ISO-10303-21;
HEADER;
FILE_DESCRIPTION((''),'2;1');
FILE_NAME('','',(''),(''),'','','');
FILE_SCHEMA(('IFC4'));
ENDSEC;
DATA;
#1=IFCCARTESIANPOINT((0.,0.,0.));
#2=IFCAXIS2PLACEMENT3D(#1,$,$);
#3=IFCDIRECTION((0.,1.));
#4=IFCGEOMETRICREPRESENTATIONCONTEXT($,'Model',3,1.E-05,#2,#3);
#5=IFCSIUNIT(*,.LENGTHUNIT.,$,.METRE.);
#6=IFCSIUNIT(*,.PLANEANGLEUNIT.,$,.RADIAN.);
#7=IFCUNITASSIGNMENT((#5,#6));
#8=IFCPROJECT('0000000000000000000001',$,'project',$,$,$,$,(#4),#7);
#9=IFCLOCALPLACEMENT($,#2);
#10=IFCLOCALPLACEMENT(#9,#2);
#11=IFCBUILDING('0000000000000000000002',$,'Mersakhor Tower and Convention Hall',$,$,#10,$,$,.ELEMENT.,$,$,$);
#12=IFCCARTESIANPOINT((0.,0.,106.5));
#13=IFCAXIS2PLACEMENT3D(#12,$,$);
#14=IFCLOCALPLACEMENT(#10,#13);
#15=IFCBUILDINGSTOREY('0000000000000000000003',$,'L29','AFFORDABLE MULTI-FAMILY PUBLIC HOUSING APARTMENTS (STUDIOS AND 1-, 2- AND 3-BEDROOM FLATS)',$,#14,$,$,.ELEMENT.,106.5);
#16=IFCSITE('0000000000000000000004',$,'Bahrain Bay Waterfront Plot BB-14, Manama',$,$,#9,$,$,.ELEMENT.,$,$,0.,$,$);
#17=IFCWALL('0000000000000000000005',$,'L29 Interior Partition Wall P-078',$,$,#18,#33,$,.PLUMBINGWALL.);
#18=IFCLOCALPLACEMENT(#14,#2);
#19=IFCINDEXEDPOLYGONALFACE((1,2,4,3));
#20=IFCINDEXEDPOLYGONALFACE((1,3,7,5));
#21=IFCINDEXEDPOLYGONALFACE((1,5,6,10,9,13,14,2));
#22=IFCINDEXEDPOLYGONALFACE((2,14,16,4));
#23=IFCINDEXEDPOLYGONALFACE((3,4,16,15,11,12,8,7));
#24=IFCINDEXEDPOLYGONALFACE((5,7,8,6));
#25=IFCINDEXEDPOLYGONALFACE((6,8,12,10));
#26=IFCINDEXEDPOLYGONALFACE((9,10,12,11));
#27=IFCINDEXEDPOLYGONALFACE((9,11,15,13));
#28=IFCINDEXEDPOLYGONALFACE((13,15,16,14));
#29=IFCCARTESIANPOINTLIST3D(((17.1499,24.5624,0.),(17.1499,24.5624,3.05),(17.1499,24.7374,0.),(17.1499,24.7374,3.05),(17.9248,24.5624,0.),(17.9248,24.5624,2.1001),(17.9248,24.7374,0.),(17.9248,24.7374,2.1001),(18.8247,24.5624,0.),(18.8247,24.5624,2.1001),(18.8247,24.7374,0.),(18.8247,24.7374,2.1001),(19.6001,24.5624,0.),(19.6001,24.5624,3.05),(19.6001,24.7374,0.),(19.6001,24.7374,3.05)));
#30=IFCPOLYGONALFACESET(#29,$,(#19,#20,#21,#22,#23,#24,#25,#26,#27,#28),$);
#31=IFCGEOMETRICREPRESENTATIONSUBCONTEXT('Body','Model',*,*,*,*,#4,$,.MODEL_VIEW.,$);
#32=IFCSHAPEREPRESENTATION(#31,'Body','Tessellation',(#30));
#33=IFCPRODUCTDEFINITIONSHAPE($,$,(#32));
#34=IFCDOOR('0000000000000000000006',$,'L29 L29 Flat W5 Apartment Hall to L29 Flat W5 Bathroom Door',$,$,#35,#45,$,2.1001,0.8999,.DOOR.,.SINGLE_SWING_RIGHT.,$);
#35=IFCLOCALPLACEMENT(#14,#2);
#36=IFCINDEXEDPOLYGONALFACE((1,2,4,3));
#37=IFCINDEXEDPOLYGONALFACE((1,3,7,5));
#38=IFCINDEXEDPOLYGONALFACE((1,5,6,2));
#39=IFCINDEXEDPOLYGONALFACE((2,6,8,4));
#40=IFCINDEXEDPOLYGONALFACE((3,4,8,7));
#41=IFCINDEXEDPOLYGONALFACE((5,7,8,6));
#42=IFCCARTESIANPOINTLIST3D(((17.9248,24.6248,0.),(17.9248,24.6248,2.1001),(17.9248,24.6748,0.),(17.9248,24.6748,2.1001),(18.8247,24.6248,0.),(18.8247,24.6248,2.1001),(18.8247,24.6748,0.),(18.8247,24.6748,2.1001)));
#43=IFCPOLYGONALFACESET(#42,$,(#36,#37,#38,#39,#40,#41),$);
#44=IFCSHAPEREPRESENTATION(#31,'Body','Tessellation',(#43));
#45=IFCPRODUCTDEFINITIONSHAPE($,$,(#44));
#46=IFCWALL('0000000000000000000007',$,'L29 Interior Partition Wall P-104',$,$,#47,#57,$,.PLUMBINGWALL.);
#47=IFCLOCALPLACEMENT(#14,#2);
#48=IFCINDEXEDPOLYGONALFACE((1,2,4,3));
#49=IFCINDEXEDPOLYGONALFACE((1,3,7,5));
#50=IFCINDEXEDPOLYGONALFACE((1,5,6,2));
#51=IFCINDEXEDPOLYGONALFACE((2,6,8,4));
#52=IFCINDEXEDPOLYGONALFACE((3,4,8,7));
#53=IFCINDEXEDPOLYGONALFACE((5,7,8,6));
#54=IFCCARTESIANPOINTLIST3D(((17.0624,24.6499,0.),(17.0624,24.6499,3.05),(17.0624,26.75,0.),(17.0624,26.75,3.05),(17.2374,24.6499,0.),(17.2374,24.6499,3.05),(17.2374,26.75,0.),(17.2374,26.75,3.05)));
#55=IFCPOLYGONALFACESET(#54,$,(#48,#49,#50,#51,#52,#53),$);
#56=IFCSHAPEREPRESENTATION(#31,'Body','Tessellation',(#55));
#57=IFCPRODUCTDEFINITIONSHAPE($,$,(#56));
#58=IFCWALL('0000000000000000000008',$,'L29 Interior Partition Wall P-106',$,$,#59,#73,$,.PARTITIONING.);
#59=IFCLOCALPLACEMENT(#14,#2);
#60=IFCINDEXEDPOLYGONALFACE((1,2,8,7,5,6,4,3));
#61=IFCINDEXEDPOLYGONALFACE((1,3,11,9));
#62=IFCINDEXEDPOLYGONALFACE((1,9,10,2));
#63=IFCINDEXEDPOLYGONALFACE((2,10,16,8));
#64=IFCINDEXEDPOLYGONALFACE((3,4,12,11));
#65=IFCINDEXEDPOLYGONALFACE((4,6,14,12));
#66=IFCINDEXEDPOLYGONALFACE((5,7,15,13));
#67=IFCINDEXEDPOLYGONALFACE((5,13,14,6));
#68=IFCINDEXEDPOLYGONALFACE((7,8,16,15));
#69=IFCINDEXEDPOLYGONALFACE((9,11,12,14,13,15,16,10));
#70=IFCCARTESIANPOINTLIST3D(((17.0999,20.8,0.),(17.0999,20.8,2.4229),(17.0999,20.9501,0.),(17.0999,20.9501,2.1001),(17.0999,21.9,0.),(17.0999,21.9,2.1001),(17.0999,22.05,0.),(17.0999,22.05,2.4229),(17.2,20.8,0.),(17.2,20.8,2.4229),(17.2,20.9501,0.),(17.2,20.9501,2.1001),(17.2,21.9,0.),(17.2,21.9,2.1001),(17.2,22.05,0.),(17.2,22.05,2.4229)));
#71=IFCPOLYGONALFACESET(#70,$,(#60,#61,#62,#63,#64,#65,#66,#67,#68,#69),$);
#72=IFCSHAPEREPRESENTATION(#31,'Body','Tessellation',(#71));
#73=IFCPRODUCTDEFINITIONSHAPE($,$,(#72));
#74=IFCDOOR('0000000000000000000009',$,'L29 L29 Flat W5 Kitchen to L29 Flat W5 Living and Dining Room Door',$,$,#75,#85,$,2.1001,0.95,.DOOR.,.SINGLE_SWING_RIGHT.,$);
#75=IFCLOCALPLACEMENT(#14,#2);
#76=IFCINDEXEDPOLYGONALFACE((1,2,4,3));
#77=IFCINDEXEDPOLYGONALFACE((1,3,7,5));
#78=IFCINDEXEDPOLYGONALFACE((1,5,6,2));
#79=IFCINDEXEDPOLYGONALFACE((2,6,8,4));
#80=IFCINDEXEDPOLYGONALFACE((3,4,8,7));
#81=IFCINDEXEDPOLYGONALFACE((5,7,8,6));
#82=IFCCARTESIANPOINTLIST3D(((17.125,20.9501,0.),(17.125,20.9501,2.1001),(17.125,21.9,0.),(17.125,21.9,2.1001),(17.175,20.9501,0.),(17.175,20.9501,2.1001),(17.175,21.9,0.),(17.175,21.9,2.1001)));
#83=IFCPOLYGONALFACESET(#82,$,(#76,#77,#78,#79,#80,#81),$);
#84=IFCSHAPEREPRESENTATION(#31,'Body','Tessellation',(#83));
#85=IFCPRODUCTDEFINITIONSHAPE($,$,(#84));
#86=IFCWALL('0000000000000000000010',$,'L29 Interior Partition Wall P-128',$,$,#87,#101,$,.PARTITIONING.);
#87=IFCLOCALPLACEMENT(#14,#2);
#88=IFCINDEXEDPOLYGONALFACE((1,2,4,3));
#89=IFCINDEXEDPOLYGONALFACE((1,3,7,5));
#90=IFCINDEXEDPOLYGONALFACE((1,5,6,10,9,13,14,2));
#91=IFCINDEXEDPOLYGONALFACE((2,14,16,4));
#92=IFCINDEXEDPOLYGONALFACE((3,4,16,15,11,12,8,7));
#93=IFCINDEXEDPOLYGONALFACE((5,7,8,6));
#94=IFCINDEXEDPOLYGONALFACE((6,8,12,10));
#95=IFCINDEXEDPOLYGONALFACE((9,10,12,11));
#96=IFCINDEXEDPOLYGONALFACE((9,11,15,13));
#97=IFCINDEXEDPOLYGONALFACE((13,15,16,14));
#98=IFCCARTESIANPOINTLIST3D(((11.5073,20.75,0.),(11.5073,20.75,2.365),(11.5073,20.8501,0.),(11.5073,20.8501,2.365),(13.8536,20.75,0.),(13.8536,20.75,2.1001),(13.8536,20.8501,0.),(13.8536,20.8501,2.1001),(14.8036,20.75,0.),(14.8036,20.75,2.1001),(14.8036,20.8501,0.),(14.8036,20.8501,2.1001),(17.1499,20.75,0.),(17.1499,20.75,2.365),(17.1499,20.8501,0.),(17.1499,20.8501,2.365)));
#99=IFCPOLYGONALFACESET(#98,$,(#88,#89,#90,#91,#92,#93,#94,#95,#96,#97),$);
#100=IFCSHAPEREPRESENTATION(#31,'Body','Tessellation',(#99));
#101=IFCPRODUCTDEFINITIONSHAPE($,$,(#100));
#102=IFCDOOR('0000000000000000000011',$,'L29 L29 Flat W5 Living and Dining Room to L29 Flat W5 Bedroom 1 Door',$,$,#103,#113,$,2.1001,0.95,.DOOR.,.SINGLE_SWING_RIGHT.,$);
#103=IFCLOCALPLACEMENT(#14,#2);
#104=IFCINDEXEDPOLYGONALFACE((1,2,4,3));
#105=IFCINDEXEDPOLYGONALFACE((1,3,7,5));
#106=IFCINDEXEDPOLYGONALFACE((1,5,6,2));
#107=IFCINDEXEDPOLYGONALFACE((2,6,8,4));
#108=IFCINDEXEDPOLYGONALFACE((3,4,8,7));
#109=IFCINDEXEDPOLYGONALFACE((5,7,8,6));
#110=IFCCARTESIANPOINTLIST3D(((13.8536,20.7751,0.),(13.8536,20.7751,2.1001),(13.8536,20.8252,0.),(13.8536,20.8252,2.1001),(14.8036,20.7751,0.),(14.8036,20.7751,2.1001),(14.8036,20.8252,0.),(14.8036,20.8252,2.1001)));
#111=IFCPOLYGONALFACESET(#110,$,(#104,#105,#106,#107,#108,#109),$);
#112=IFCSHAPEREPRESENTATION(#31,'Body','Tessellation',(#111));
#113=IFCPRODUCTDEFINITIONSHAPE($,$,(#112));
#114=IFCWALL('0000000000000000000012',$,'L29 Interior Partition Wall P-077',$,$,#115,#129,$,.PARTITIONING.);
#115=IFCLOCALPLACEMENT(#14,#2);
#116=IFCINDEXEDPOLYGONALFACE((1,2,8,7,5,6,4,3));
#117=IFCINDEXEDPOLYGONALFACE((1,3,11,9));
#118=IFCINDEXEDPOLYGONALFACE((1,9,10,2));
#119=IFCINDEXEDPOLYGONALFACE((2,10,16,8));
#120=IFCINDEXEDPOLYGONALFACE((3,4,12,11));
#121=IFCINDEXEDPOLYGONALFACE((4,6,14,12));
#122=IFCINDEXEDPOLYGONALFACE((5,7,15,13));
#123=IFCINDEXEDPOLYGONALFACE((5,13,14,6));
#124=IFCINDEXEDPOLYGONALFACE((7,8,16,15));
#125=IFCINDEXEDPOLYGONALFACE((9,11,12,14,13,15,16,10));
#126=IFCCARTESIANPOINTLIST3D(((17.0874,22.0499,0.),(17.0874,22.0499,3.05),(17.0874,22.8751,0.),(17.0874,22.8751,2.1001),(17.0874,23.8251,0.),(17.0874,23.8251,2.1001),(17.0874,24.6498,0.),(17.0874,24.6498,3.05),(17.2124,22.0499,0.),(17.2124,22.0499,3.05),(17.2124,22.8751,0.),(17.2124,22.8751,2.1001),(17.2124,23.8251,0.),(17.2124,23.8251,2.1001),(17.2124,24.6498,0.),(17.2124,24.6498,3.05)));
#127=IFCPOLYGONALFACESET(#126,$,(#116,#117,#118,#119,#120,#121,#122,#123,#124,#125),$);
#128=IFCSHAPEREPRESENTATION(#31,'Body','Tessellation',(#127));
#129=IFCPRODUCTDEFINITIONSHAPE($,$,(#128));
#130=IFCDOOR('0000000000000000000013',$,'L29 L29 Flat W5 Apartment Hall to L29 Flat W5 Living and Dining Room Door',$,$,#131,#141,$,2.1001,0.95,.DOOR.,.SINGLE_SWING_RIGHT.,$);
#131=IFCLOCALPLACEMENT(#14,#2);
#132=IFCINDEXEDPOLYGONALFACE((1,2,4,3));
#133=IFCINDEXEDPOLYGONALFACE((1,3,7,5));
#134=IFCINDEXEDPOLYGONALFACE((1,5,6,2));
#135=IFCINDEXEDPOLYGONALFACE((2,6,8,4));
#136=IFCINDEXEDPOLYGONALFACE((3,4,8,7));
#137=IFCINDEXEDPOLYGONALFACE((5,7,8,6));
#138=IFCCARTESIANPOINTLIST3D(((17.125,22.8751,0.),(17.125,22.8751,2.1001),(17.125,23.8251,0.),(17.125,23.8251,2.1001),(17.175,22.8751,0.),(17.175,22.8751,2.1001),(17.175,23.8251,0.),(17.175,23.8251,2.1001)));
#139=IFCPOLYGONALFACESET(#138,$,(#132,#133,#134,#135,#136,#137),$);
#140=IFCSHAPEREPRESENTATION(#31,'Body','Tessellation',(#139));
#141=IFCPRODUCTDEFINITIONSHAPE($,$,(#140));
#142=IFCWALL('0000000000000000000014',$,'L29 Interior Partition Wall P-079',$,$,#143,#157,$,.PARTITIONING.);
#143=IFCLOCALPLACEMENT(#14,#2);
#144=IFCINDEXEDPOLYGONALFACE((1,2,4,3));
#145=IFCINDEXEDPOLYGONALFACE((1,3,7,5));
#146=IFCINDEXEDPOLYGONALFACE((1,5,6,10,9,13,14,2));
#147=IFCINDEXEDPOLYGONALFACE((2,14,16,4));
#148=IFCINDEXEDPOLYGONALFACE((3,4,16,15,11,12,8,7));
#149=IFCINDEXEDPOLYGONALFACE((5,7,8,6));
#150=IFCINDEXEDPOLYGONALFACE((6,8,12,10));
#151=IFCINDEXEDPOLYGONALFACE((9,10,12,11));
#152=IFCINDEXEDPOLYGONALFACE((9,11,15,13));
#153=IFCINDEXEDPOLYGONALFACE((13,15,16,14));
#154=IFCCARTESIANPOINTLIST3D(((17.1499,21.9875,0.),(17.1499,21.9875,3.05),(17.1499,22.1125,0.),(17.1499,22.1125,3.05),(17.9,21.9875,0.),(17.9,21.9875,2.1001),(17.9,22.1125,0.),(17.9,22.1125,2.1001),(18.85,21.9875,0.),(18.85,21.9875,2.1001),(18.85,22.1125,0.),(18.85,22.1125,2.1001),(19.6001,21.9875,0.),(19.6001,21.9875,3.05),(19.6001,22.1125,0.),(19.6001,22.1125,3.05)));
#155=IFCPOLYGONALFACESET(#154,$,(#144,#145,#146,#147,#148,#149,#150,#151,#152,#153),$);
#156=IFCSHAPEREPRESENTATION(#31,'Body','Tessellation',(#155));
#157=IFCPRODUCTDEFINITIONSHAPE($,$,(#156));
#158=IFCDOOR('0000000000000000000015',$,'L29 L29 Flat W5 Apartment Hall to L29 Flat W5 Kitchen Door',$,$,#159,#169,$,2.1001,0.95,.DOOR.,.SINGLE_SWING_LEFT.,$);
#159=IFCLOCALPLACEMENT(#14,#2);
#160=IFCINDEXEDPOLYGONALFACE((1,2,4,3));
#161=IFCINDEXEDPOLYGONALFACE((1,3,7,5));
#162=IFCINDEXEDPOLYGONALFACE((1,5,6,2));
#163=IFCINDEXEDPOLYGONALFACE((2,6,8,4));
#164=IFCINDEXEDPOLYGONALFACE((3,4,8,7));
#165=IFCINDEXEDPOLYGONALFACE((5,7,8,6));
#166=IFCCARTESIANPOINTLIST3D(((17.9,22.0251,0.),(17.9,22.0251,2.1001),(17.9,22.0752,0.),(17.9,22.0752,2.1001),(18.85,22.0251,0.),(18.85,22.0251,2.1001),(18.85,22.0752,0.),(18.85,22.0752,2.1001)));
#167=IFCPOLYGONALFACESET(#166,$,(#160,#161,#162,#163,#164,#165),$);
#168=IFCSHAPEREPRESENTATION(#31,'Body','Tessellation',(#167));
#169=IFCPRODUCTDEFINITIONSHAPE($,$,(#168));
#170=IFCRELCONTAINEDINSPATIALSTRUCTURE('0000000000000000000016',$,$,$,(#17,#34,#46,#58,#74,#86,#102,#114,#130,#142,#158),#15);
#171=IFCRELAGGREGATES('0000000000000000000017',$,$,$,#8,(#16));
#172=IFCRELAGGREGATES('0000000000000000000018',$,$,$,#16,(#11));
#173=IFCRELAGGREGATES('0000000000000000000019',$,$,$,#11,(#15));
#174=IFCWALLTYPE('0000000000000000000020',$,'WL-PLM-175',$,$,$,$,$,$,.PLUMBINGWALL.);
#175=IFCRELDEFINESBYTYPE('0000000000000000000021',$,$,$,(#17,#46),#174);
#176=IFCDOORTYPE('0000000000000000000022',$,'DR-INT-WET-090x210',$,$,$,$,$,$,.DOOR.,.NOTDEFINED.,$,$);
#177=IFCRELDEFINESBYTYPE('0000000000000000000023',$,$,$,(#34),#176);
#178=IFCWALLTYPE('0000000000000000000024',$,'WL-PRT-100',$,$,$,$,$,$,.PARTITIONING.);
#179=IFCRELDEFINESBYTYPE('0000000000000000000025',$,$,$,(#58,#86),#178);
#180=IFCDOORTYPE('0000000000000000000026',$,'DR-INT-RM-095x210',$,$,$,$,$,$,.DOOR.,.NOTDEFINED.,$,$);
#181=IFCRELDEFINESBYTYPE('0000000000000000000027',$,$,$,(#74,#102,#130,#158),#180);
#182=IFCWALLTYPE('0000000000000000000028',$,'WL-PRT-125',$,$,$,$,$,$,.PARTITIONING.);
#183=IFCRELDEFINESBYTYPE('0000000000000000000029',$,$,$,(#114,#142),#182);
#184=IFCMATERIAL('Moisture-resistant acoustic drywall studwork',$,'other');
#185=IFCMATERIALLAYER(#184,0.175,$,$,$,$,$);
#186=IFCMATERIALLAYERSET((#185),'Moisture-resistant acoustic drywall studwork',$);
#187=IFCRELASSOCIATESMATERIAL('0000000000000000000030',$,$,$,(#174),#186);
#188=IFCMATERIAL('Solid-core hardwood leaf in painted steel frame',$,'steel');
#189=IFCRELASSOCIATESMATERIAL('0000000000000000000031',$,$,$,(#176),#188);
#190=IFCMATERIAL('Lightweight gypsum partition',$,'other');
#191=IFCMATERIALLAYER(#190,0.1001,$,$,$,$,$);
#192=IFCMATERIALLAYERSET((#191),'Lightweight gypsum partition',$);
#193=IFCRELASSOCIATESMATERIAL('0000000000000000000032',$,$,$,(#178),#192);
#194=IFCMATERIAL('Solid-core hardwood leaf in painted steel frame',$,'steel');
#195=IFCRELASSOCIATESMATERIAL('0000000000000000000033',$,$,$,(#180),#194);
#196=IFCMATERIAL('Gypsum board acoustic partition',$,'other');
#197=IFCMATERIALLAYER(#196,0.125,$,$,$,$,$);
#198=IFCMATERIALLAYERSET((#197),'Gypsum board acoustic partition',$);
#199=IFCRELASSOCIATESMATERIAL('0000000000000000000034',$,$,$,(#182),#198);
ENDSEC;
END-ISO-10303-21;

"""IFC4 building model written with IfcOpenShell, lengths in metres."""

from ifc_helpers import new_model, si_unit, direction, frame, frame_2d, origin, place, context, subcontext, project, spatial, rectangle, extrude, material, layer, layer_set, type_object, element, fill, save


model = new_model("IFC4")

# Units and contexts
model_context = context("Model", 3, precision=1e-05, world=origin(), true_north=direction((0.0, 1.0)))
body_context = subcontext(model_context, "Body", "Model", "MODEL_VIEW")
ifc_project = project(units=[si_unit("LENGTHUNIT", "METRE"), si_unit("PLANEANGLEUNIT", "RADIAN")], contexts=[model_context])

# Site, building, storey
site_placement = place(None, origin())
site = spatial("IfcSite", under=ifc_project, at=site_placement, Name="Bahrain Bay Waterfront Plot BB-14, Manama", CompositionType="ELEMENT", RefElevation=0.0)
building_placement = place(site_placement, origin())
building = spatial("IfcBuilding", under=site, at=building_placement, Name="Mersakhor Tower and Convention Hall", CompositionType="ELEMENT")
storey_placement = place(building_placement, frame((0.0, 0.0, 106.5)))
storey = spatial("IfcBuildingStorey", under=building, at=storey_placement, Name="L29", Description="AFFORDABLE MULTI-FAMILY PUBLIC HOUSING APARTMENTS (STUDIOS AND 1-, 2- AND 3-BEDROOM FLATS)", CompositionType="ELEMENT", Elevation=106.5)

# Wall, opening, door
ifc_material_1 = material(Name="Moisture-resistant acoustic drywall studwork", Category="other")
ifc_layer_1 = layer(ifc_material_1, 0.175)
ifc_layer_set_1 = layer_set([ifc_layer_1], Name="Moisture-resistant acoustic drywall studwork")
wall_type_1 = type_object("IfcWallType", Name="WL-PLM-175", PredefinedType="PLUMBINGWALL", material=ifc_layer_set_1)
wall_1_placement = place(storey_placement, frame((17.1499, 24.6499, 0.0), z_axis=(0.0, 0.0, 1.0), x_axis=(1.0, 0.0, 0.0)))
wall_1 = element("IfcWall", 1, at=wall_1_placement, inside=storey, type_object=wall_type_1, Name="L29 Interior Partition Wall P-078", PredefinedType="PLUMBINGWALL", context=body_context, shape_type="SweptSolid", body=[
    extrude(rectangle(XDim=2.4502, YDim=0.175, at=frame_2d((1.2251, 0.0))), origin(), (0.0, 0.0, 1.0), 3.05),
])
opening_1_placement = place(wall_1_placement, frame((0.7749, 0.0, 0.0)))
opening_1 = element("IfcOpeningElement", 2, at=opening_1_placement, cuts=wall_1, PredefinedType="OPENING", context=body_context, shape_type="SweptSolid", body=[
    extrude(rectangle(XDim=0.8999, YDim=2.1001, at=frame_2d((0.45, 1.05))), frame((0.0, 0.0974, 0.0), z_axis=(0.0, -1.0, 0.0), x_axis=(1.0, 0.0, 0.0)), (0.0, 0.0, 1.0), 0.1951),
])
ifc_material_2 = material(Name="Solid-core hardwood leaf in painted steel frame", Category="steel")
door_type_1 = type_object("IfcDoorType", Name="DR-INT-WET-090x210", OperationType="NOTDEFINED", PredefinedType="DOOR", material=ifc_material_2)
door_1_placement = place(opening_1_placement, origin())
door_1 = element("IfcDoor", 3, at=door_1_placement, inside=storey, type_object=door_type_1, Name="L29 L29 Flat W5 Apartment Hall to L29 Flat W5 Bathroom Door", OperationType="SINGLE_SWING_RIGHT", OverallHeight=2.1001, OverallWidth=0.8999, PredefinedType="DOOR", context=body_context, shape_type="SweptSolid", body=[
    extrude(rectangle(XDim=0.8999, YDim=2.1001, at=frame_2d((0.45, 1.05))), frame((0.0, 0.0249, 0.0), z_axis=(0.0, -1.0, 0.0), x_axis=(1.0, 0.0, 0.0)), (0.0, 0.0, 1.0), 0.05),
])
fill(opening_1, door_1)

# Wall
wall_2_placement = place(storey_placement, frame((17.1499, 24.6499, 0.0), z_axis=(0.0, 0.0, 1.0), x_axis=(0.0, 1.0, 0.0)))
element("IfcWall", 4, at=wall_2_placement, inside=storey, type_object=wall_type_1, Name="L29 Interior Partition Wall P-104", PredefinedType="PLUMBINGWALL", context=body_context, shape_type="SweptSolid", body=[
    extrude(rectangle(XDim=2.1001, YDim=0.175, at=frame_2d((1.05, 0.0))), origin(), (0.0, 0.0, 1.0), 3.05),
])

# Walls, openings, doors
ifc_material_3 = material(Name="Lightweight gypsum partition", Category="other")
ifc_layer_2 = layer(ifc_material_3, 0.1001)
ifc_layer_set_2 = layer_set([ifc_layer_2], Name="Lightweight gypsum partition")
wall_type_2 = type_object("IfcWallType", Name="WL-PRT-100", PredefinedType="PARTITIONING", material=ifc_layer_set_2)
wall_3_placement = place(storey_placement, frame((17.1499, 20.8, 0.0), z_axis=(0.0, 0.0, 1.0), x_axis=(0.0, 1.0, 0.0)))
wall_3 = element("IfcWall", 5, at=wall_3_placement, inside=storey, type_object=wall_type_2, Name="L29 Interior Partition Wall P-106", PredefinedType="PARTITIONING", context=body_context, shape_type="SweptSolid", body=[
    extrude(rectangle(XDim=1.25, YDim=0.1001, at=frame_2d((0.625, 0.0))), origin(), (0.0, 0.0, 1.0), 2.4229),
])
opening_2_placement = place(wall_3_placement, frame((0.1499, 0.0, 0.0)))
opening_2 = element("IfcOpeningElement", 6, at=opening_2_placement, cuts=wall_3, PredefinedType="OPENING", context=body_context, shape_type="SweptSolid", body=[
    extrude(rectangle(XDim=0.95, YDim=2.1001, at=frame_2d((0.4751, 1.05))), frame((0.0, 0.0601, 0.0), z_axis=(0.0, -1.0, 0.0), x_axis=(1.0, 0.0, 0.0)), (0.0, 0.0, 1.0), 0.1201),
])
ifc_material_4 = material(Name="Solid-core hardwood leaf in painted steel frame", Category="steel")
door_type_2 = type_object("IfcDoorType", Name="DR-INT-RM-095x210", OperationType="NOTDEFINED", PredefinedType="DOOR", material=ifc_material_4)
door_2_placement = place(opening_2_placement, origin())
door_2 = element("IfcDoor", 7, at=door_2_placement, inside=storey, type_object=door_type_2, Name="L29 L29 Flat W5 Kitchen to L29 Flat W5 Living and Dining Room Door", OperationType="SINGLE_SWING_RIGHT", OverallHeight=2.1001, OverallWidth=0.95, PredefinedType="DOOR", context=body_context, shape_type="SweptSolid", body=[
    extrude(rectangle(XDim=0.95, YDim=2.1001, at=frame_2d((0.4751, 1.05))), frame((0.0, 0.0249, 0.0), z_axis=(0.0, -1.0, 0.0), x_axis=(1.0, 0.0, 0.0)), (0.0, 0.0, 1.0), 0.05),
])
fill(opening_2, door_2)
wall_4_placement = place(storey_placement, frame((17.1499, 20.8, 0.0), z_axis=(0.0, 0.0, 1.0), x_axis=(-1.0, 0.0, 0.0)))
wall_4 = element("IfcWall", 8, at=wall_4_placement, inside=storey, type_object=wall_type_2, Name="L29 Interior Partition Wall P-128", PredefinedType="PARTITIONING", context=body_context, shape_type="SweptSolid", body=[
    extrude(rectangle(XDim=5.6426, YDim=0.1001, at=frame_2d((2.8213, 0.0))), origin(), (0.0, 0.0, 1.0), 2.365),
])
opening_3_placement = place(wall_4_placement, frame((2.3462, 0.0, 0.0)))
opening_3 = element("IfcOpeningElement", 9, at=opening_3_placement, cuts=wall_4, PredefinedType="OPENING", context=body_context, shape_type="SweptSolid", body=[
    extrude(rectangle(XDim=0.95, YDim=2.1001, at=frame_2d((0.4751, 1.05))), frame((0.0, 0.0601, 0.0), z_axis=(0.0, -1.0, 0.0), x_axis=(1.0, 0.0, 0.0)), (0.0, 0.0, 1.0), 0.1201),
])
door_3_placement = place(opening_3_placement, origin())
door_3 = element("IfcDoor", 10, at=door_3_placement, inside=storey, type_object=door_type_2, Name="L29 L29 Flat W5 Living and Dining Room to L29 Flat W5 Bedroom 1 Door", OperationType="SINGLE_SWING_RIGHT", OverallHeight=2.1001, OverallWidth=0.95, PredefinedType="DOOR", context=body_context, shape_type="SweptSolid", body=[
    extrude(rectangle(XDim=0.95, YDim=2.1001, at=frame_2d((0.4751, 1.05))), frame((0.0, 0.0249, 0.0), z_axis=(0.0, -1.0, 0.0), x_axis=(1.0, 0.0, 0.0)), (0.0, 0.0, 1.0), 0.05),
])
fill(opening_3, door_3)
ifc_material_5 = material(Name="Gypsum board acoustic partition", Category="other")
ifc_layer_3 = layer(ifc_material_5, 0.125)
ifc_layer_set_3 = layer_set([ifc_layer_3], Name="Gypsum board acoustic partition")
wall_type_3 = type_object("IfcWallType", Name="WL-PRT-125", PredefinedType="PARTITIONING", material=ifc_layer_set_3)
wall_5_placement = place(storey_placement, frame((17.1499, 22.05, 0.0), z_axis=(0.0, 0.0, 1.0), x_axis=(0.0, 1.0, 0.0)))
wall_5 = element("IfcWall", 11, at=wall_5_placement, inside=storey, type_object=wall_type_3, Name="L29 Interior Partition Wall P-077", PredefinedType="PARTITIONING", context=body_context, shape_type="SweptSolid", body=[
    extrude(rectangle(XDim=2.5999, YDim=0.125, at=frame_2d((1.2998, 0.0))), origin(), (0.0, 0.0, 1.0), 3.05),
])
opening_4_placement = place(wall_5_placement, frame((0.825, 0.0, 0.0)))
opening_4 = element("IfcOpeningElement", 12, at=opening_4_placement, cuts=wall_5, PredefinedType="OPENING", context=body_context, shape_type="SweptSolid", body=[
    extrude(rectangle(XDim=0.95, YDim=2.1001, at=frame_2d((0.4751, 1.05))), frame((0.0, 0.0725, 0.0), z_axis=(0.0, -1.0, 0.0), x_axis=(1.0, 0.0, 0.0)), (0.0, 0.0, 1.0), 0.145),
])
door_4_placement = place(opening_4_placement, origin())
door_4 = element("IfcDoor", 13, at=door_4_placement, inside=storey, type_object=door_type_2, Name="L29 L29 Flat W5 Apartment Hall to L29 Flat W5 Living and Dining Room Door", OperationType="SINGLE_SWING_RIGHT", OverallHeight=2.1001, OverallWidth=0.95, PredefinedType="DOOR", context=body_context, shape_type="SweptSolid", body=[
    extrude(rectangle(XDim=0.95, YDim=2.1001, at=frame_2d((0.4751, 1.05))), frame((0.0, 0.0249, 0.0), z_axis=(0.0, -1.0, 0.0), x_axis=(1.0, 0.0, 0.0)), (0.0, 0.0, 1.0), 0.05),
])
fill(opening_4, door_4)
wall_6_placement = place(storey_placement, frame((19.6001, 22.05, 0.0), z_axis=(0.0, 0.0, 1.0), x_axis=(-1.0, 0.0, 0.0)))
wall_6 = element("IfcWall", 14, at=wall_6_placement, inside=storey, type_object=wall_type_3, Name="L29 Interior Partition Wall P-079", PredefinedType="PARTITIONING", context=body_context, shape_type="SweptSolid", body=[
    extrude(rectangle(XDim=2.4502, YDim=0.125, at=frame_2d((1.2251, 0.0))), origin(), (0.0, 0.0, 1.0), 3.05),
])
opening_5_placement = place(wall_6_placement, frame((0.75, 0.0, 0.0)))
opening_5 = element("IfcOpeningElement", 15, at=opening_5_placement, cuts=wall_6, PredefinedType="OPENING", context=body_context, shape_type="SweptSolid", body=[
    extrude(rectangle(XDim=0.95, YDim=2.1001, at=frame_2d((0.4751, 1.05))), frame((0.0, 0.0725, 0.0), z_axis=(0.0, -1.0, 0.0), x_axis=(1.0, 0.0, 0.0)), (0.0, 0.0, 1.0), 0.145),
])
door_5_placement = place(opening_5_placement, origin())
door_5 = element("IfcDoor", 16, at=door_5_placement, inside=storey, type_object=door_type_2, Name="L29 L29 Flat W5 Apartment Hall to L29 Flat W5 Kitchen Door", OperationType="SINGLE_SWING_LEFT", OverallHeight=2.1001, OverallWidth=0.95, PredefinedType="DOOR", context=body_context, shape_type="SweptSolid", body=[
    extrude(rectangle(XDim=0.95, YDim=2.1001, at=frame_2d((0.4751, 1.05))), frame((0.0, 0.0249, 0.0), z_axis=(0.0, -1.0, 0.0), x_axis=(1.0, 0.0, 0.0)), (0.0, 0.0, 1.0), 0.05),
])
fill(opening_5, door_5)

save(model, "model.ifc")
